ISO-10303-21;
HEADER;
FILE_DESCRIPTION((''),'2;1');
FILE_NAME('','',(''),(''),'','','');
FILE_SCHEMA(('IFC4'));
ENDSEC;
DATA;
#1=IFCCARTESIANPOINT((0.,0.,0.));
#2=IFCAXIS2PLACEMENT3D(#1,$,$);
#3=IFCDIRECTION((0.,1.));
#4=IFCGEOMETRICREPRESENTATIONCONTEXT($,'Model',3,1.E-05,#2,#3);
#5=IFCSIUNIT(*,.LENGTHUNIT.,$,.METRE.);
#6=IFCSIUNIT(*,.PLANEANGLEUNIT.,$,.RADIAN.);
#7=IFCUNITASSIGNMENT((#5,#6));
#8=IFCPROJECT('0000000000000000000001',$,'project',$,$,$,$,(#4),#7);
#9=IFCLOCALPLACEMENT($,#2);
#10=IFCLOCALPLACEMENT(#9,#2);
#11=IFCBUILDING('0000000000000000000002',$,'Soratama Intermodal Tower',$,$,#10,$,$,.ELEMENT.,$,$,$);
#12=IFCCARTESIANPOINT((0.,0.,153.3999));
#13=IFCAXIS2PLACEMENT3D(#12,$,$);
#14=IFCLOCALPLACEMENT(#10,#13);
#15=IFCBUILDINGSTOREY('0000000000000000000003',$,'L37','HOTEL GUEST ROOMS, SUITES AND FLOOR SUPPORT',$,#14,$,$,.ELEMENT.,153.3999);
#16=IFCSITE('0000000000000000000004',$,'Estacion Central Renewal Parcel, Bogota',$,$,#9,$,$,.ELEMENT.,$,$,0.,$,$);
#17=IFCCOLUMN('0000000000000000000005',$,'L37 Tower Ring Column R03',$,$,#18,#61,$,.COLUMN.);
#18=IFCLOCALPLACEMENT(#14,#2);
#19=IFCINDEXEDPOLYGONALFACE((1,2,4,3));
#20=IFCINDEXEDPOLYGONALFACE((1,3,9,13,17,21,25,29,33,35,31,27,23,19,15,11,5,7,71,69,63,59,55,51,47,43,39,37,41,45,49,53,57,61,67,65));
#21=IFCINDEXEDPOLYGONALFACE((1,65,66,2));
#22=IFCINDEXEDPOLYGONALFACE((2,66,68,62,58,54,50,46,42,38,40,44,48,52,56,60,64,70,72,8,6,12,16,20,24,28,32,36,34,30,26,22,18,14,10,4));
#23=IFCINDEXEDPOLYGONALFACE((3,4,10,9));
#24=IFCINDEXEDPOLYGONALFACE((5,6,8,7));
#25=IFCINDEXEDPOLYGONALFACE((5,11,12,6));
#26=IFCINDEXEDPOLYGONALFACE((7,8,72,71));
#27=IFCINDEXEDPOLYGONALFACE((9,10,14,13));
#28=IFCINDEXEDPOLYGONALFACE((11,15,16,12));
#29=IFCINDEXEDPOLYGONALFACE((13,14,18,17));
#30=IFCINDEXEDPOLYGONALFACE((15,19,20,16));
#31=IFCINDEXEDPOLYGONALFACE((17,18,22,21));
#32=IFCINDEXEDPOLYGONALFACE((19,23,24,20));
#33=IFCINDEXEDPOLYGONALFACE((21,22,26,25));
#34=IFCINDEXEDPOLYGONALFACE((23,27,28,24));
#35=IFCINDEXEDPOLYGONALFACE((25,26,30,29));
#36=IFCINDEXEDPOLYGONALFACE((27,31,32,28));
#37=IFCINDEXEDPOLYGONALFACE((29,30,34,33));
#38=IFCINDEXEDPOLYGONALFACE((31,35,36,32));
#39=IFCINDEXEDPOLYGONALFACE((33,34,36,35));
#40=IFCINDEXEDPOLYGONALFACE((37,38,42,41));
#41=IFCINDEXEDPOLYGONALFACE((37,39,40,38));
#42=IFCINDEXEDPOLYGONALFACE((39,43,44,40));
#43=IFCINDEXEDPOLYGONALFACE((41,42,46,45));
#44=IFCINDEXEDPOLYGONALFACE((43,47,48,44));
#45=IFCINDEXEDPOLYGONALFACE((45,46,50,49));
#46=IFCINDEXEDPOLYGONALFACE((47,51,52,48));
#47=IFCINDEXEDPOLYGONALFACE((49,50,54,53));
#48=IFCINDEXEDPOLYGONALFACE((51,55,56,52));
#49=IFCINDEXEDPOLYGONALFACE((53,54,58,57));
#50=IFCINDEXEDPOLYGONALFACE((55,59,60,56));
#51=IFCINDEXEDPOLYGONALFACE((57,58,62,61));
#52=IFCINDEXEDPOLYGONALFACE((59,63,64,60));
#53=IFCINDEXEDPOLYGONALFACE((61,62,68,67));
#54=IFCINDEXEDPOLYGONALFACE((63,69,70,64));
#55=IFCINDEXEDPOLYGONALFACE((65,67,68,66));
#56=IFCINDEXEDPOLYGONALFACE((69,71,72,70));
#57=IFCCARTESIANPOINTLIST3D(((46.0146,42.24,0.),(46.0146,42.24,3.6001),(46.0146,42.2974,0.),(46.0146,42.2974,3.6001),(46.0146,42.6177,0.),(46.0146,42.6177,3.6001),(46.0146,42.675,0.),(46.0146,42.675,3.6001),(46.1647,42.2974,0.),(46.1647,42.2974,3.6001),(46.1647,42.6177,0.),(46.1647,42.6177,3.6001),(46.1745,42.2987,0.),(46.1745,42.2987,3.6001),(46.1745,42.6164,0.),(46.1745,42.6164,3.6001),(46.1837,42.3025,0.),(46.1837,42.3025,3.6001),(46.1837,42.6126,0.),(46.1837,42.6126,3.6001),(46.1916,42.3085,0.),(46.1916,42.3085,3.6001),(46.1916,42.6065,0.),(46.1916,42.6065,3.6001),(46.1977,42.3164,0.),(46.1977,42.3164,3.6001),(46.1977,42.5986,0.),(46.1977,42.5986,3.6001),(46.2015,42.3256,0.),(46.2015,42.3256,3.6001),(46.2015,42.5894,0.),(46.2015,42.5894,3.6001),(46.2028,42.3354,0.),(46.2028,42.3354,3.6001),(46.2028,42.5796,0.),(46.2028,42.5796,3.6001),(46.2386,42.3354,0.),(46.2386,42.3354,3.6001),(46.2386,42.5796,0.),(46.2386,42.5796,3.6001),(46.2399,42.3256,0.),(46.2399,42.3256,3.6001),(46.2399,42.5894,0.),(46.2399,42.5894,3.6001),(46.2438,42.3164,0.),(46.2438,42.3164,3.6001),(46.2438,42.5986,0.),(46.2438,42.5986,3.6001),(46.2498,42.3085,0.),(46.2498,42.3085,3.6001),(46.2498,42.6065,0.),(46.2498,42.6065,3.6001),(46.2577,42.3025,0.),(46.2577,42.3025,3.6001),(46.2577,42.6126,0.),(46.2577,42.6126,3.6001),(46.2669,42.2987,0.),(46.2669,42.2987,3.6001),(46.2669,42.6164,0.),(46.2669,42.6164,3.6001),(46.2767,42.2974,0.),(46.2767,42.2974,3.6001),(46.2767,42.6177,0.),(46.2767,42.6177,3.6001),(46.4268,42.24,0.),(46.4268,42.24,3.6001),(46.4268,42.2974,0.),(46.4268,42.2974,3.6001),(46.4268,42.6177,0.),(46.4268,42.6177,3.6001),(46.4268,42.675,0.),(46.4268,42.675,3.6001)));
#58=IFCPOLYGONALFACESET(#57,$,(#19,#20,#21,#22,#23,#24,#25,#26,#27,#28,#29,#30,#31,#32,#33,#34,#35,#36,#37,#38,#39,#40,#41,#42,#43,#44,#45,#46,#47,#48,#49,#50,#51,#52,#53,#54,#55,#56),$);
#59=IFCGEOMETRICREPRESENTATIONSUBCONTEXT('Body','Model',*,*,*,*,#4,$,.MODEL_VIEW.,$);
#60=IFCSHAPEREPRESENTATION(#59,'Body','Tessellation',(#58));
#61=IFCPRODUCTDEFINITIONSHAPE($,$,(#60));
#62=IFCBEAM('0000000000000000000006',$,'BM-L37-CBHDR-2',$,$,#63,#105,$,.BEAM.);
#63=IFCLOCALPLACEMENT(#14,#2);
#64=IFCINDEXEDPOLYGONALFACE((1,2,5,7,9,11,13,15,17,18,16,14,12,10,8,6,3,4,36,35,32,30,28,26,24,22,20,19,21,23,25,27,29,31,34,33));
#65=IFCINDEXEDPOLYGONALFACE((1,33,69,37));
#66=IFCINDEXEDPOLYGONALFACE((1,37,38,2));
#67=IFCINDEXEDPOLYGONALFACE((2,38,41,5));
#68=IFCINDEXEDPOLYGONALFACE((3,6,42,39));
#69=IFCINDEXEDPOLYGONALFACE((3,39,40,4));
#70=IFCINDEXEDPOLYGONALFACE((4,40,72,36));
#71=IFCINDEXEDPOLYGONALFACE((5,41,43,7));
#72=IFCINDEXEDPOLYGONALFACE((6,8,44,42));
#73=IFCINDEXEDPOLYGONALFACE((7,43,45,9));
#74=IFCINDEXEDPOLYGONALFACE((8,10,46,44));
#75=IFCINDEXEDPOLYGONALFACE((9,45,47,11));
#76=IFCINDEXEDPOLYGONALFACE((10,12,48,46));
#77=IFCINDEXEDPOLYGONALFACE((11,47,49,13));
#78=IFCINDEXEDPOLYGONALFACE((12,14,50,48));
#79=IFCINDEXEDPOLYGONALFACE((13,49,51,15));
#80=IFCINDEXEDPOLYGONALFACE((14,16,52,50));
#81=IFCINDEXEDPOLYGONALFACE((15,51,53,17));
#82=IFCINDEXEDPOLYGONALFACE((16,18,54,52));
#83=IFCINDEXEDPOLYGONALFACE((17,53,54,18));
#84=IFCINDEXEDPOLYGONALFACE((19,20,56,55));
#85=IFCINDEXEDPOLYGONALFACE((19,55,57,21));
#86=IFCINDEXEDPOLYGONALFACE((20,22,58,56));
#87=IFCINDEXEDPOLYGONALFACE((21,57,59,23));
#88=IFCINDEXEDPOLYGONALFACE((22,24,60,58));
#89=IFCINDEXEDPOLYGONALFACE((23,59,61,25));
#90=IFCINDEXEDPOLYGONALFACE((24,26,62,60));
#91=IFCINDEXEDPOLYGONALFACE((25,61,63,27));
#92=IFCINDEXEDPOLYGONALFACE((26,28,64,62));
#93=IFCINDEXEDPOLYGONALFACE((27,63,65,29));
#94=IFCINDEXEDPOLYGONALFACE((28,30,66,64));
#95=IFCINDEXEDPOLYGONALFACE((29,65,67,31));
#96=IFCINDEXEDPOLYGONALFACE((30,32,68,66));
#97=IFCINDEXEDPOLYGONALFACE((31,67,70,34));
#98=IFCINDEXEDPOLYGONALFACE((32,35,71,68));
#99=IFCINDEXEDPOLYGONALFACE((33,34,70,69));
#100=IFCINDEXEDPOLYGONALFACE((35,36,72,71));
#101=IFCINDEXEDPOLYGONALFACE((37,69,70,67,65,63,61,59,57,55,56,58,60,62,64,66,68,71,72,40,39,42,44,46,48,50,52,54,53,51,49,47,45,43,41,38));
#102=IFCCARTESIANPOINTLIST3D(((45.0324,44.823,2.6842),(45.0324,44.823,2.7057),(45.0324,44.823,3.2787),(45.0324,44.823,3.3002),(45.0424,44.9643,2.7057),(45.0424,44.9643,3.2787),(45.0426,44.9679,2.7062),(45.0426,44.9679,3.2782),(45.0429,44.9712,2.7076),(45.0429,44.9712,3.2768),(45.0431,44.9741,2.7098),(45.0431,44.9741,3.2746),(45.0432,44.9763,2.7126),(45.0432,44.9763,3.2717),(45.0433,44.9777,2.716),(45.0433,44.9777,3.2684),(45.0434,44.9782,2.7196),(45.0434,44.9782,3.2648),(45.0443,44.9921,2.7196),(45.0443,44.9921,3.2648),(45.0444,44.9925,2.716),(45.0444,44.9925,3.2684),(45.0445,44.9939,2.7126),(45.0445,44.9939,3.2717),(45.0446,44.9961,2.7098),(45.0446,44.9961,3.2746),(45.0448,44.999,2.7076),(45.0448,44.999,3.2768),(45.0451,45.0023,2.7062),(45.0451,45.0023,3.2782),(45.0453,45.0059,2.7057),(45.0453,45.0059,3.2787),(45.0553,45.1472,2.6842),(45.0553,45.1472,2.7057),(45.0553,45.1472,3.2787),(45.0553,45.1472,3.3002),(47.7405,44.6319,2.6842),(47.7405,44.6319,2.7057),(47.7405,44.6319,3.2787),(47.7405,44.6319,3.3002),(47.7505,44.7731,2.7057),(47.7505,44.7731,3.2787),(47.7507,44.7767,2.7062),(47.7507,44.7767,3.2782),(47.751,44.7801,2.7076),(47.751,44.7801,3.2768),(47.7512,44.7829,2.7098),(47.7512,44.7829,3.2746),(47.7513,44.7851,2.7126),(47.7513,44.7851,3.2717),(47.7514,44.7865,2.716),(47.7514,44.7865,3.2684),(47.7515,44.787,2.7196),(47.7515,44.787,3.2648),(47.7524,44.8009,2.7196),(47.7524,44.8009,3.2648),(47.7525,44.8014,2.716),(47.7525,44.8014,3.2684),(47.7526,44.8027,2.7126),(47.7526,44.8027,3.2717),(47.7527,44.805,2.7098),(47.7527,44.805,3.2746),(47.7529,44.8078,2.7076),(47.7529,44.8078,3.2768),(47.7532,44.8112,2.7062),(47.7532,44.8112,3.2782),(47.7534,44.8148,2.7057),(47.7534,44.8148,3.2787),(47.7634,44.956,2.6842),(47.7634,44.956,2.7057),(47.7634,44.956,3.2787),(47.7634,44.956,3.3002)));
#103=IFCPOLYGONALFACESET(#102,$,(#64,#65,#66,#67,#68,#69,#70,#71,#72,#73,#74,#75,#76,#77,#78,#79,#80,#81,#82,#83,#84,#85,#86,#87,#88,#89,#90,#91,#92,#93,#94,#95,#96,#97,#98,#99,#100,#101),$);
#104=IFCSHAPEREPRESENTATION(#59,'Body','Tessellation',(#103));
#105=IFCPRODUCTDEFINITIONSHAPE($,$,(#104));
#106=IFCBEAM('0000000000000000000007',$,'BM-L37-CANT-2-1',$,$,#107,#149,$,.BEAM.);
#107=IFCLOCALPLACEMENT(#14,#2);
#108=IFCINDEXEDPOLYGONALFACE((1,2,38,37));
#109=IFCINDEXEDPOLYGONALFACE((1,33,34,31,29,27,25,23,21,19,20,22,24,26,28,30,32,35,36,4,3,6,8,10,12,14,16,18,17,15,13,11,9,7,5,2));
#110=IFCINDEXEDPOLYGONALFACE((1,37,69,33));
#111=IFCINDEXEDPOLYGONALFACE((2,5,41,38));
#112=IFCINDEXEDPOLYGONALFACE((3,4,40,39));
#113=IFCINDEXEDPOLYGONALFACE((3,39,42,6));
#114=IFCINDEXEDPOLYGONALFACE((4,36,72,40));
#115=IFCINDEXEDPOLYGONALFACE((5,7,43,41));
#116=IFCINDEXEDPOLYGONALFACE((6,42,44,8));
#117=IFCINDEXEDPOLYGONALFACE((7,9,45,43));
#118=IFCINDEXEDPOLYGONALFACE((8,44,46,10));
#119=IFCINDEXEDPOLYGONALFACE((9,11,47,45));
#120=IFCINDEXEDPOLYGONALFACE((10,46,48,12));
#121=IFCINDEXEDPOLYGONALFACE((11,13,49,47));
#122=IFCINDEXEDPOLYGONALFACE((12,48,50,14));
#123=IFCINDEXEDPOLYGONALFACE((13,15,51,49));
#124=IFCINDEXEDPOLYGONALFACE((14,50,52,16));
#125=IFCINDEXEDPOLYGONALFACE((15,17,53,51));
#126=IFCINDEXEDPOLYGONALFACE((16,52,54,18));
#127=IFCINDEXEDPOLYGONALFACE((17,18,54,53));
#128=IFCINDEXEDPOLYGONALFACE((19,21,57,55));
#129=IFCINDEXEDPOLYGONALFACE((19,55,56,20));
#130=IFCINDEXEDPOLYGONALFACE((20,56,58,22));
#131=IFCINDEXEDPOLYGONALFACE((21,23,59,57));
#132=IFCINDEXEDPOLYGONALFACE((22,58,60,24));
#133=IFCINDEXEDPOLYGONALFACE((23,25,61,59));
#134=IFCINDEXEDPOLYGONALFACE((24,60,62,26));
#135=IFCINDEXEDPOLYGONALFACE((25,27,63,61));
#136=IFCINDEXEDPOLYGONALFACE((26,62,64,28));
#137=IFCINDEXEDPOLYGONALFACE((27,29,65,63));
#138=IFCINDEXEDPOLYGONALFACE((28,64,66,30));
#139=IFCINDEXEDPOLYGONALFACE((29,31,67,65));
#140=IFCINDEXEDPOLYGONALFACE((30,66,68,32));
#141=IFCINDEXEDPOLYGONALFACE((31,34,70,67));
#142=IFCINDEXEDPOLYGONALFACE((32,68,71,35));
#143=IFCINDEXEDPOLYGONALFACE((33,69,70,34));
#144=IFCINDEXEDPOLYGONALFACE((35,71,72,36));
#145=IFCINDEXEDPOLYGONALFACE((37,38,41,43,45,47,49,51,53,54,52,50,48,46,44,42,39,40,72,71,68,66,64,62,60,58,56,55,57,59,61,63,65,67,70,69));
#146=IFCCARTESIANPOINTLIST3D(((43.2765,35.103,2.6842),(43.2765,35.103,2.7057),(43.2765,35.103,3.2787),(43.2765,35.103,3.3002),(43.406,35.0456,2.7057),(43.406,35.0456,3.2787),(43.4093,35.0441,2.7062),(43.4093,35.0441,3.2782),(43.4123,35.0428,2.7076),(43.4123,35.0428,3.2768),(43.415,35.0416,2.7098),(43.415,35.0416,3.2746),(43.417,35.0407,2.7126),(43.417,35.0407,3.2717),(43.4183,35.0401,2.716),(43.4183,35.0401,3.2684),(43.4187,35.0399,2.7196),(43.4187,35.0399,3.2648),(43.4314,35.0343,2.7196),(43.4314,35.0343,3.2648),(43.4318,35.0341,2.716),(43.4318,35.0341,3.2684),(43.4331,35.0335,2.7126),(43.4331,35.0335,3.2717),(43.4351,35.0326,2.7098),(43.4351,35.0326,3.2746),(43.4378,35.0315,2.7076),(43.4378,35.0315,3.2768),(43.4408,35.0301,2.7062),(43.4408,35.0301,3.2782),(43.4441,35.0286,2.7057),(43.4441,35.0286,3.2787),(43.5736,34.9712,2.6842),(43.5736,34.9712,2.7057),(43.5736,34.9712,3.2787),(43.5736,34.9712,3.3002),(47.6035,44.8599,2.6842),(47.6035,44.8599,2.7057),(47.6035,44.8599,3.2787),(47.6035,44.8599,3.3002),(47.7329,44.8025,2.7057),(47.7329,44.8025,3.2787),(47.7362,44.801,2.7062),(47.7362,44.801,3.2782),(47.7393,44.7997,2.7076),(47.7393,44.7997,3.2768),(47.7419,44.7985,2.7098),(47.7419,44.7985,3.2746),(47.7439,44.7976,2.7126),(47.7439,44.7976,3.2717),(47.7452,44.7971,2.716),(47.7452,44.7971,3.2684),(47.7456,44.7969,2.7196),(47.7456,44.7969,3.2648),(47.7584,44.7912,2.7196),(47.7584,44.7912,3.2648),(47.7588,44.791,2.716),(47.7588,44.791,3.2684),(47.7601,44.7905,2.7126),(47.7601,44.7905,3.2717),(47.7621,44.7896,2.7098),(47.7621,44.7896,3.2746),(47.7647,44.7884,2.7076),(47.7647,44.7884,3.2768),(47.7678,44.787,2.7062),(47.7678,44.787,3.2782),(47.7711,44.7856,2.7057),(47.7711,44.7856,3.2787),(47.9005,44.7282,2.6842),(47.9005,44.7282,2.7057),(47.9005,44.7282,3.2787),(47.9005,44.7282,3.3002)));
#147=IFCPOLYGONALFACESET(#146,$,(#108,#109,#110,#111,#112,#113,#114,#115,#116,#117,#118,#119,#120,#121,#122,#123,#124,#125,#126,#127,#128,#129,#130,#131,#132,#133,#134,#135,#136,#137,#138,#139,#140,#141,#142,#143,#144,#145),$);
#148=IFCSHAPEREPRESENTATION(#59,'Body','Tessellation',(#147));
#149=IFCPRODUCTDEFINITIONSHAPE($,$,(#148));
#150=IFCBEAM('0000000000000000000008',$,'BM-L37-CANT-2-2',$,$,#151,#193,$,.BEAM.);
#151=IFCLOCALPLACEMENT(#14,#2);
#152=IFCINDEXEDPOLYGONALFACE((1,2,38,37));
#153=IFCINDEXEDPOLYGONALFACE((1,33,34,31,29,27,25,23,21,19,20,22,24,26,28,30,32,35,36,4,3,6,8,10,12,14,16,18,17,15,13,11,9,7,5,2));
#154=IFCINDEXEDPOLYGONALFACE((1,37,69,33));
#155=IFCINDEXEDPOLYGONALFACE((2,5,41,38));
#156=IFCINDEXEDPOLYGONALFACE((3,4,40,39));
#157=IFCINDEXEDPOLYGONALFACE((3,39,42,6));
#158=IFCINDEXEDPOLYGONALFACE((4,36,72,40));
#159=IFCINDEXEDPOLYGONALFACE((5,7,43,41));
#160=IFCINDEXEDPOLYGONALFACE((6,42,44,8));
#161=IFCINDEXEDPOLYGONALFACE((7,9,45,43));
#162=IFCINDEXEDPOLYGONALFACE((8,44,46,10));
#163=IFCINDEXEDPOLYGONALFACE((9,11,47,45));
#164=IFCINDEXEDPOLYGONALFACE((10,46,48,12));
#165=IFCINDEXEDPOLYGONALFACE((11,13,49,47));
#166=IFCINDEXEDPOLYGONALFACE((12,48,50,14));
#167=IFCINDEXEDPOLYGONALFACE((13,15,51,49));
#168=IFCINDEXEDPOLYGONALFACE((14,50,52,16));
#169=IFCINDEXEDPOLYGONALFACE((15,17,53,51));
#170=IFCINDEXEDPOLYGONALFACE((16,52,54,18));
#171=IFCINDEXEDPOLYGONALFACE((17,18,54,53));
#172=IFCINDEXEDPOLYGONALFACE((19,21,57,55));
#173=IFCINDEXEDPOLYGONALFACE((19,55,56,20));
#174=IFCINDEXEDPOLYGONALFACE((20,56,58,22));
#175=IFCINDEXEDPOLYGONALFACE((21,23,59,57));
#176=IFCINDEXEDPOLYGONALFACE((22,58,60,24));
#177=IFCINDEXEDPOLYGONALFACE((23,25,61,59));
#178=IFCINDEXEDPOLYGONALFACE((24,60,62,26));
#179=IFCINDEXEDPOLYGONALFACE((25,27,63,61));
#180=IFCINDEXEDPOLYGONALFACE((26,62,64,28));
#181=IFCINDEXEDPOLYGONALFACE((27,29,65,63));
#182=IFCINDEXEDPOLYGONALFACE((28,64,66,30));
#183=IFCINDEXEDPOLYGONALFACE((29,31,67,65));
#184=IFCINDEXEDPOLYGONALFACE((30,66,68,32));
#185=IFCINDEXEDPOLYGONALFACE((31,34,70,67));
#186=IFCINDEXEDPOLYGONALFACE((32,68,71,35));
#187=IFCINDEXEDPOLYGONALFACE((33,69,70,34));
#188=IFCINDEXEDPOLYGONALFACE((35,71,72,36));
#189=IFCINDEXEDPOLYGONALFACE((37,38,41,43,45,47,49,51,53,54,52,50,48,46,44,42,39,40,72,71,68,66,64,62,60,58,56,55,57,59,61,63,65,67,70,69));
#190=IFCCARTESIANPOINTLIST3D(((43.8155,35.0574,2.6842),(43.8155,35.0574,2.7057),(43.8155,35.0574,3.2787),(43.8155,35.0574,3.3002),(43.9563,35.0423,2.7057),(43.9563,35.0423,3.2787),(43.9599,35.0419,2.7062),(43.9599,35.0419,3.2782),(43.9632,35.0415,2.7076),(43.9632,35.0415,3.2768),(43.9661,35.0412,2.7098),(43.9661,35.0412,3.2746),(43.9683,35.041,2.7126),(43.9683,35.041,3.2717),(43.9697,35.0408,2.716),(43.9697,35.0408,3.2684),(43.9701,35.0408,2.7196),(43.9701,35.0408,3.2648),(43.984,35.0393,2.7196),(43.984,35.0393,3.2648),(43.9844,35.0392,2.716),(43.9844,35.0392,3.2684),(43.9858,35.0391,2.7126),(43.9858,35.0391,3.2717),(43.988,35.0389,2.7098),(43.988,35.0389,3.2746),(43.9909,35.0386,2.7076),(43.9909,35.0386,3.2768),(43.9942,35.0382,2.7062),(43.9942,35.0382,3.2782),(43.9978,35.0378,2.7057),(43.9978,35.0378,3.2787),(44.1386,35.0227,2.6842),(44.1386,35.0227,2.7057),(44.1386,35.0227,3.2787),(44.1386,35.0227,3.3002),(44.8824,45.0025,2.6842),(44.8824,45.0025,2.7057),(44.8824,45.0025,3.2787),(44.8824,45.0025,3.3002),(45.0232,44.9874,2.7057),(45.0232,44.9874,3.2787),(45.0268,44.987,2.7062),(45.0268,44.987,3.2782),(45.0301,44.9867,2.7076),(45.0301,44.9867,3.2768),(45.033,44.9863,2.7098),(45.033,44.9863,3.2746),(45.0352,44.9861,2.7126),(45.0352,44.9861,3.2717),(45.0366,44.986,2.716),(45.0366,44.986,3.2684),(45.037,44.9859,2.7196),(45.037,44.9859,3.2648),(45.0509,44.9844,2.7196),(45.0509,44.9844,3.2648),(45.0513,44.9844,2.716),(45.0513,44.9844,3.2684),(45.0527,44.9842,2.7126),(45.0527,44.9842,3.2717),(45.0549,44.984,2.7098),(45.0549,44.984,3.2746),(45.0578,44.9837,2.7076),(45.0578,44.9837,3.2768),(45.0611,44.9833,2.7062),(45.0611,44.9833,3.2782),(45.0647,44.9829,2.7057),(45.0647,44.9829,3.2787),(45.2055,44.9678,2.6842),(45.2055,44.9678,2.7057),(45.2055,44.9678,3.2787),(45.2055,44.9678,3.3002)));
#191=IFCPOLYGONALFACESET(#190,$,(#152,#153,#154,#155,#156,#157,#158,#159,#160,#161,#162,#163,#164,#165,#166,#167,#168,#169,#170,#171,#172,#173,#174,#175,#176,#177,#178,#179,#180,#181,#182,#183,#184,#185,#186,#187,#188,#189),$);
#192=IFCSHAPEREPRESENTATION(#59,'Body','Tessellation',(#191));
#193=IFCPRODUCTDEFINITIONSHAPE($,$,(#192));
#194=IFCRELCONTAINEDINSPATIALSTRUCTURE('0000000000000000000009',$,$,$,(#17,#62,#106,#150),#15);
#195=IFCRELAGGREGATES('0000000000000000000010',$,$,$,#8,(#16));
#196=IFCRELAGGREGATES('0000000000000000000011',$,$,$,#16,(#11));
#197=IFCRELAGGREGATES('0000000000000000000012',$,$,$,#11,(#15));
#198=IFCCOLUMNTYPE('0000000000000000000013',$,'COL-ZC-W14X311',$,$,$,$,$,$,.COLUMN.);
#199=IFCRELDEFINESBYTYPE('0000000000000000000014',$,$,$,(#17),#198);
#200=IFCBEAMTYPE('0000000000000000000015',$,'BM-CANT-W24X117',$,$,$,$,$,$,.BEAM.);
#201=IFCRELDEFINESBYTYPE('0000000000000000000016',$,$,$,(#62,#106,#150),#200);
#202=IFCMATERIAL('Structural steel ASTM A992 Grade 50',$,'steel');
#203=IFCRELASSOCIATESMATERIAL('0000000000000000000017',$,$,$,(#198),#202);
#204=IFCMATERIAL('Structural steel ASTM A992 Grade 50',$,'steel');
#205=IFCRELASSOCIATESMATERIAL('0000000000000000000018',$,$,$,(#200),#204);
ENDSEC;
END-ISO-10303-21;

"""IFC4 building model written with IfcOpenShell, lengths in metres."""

from ifc_helpers import new_model, si_unit, direction, frame, origin, origin_2d, place, context, subcontext, project, spatial, i_section, extrude, material, material_profile, profile_set, type_object, element, save


model = new_model("IFC4")

# Units and contexts
model_context = context("Model", 3, precision=1e-05, world=origin(), true_north=direction((0.0, 1.0)))
body_context = subcontext(model_context, "Body", "Model", "MODEL_VIEW")
ifc_project = project(units=[si_unit("LENGTHUNIT", "METRE"), si_unit("PLANEANGLEUNIT", "RADIAN")], contexts=[model_context])

# Site, building, storey
site_placement = place(None, origin())
site = spatial("IfcSite", under=ifc_project, at=site_placement, Name="Estacion Central Renewal Parcel, Bogota", CompositionType="ELEMENT", RefElevation=0.0)
building_placement = place(site_placement, origin())
building = spatial("IfcBuilding", under=site, at=building_placement, Name="Soratama Intermodal Tower", CompositionType="ELEMENT")
storey_placement = place(building_placement, frame((0.0, 0.0, 153.3999)))
storey = spatial("IfcBuildingStorey", under=building, at=storey_placement, Name="L37", Description="HOTEL GUEST ROOMS, SUITES AND FLOOR SUPPORT", CompositionType="ELEMENT", Elevation=153.3999)

# Column
ifc_material_1 = material(Name="Structural steel ASTM A992 Grade 50", Category="steel")
ifc_material_profile_1 = material_profile(ifc_material_1, i_section(OverallWidth=0.4121, OverallDepth=0.4351, WebThickness=0.0359, FlangeThickness=0.0574, FilletRadius=0.0381, at=origin_2d()), Name="W14X311")
ifc_profile_set_1 = profile_set([ifc_material_profile_1], Name="Structural steel ASTM A992 Grade 50")
column_type = type_object("IfcColumnType", Name="COL-ZC-W14X311", PredefinedType="COLUMN", material=ifc_profile_set_1)
column_placement = place(storey_placement, frame((46.2207, 42.4575, 0.0), z_axis=(0.0, 0.0, 1.0), x_axis=(1.0, 0.0, 0.0)))
element("IfcColumn", 1, at=column_placement, inside=storey, type_object=column_type, Name="L37 Tower Ring Column R03", PredefinedType="COLUMN", context=body_context, shape_type="SweptSolid", body=[
    extrude(i_section(OverallWidth=0.4121, OverallDepth=0.4351, WebThickness=0.0359, FlangeThickness=0.0574, FilletRadius=0.0381, at=origin_2d()), origin(), (0.0, 0.0, 1.0), 3.6001),
])

# Beams
ifc_material_2 = material(Name="Structural steel ASTM A992 Grade 50", Category="steel")
ifc_material_profile_2 = material_profile(ifc_material_2, i_section(OverallWidth=0.325, OverallDepth=0.616, WebThickness=0.0139, FlangeThickness=0.0215, FilletRadius=0.0139, at=origin_2d()), Name="W24X117")
ifc_profile_set_2 = profile_set([ifc_material_profile_2], Name="Structural steel ASTM A992 Grade 50")
beam_type_1 = type_object("IfcBeamType", Name="BM-CANT-W24X117", PredefinedType="BEAM", material=ifc_profile_set_2)
beam_1_placement = place(storey_placement, frame((47.752, 44.7939, 2.9922), z_axis=(-0.997518, 0.070416, 0.0), x_axis=(-0.070416, -0.997518, 0.0)))
element("IfcBeam", 2, at=beam_1_placement, inside=storey, type_object=beam_type_1, Name="BM-L37-CBHDR-2", PredefinedType="BEAM", context=body_context, shape_type="SweptSolid", body=[
    extrude(i_section(OverallWidth=0.325, OverallDepth=0.616, WebThickness=0.0139, FlangeThickness=0.0215, FilletRadius=0.0139, at=origin_2d()), origin(), (0.0, 0.0, 1.0), 2.7148),
])
beam_2_placement = place(storey_placement, frame((43.425, 35.0371, 2.9922), z_axis=(0.405398, 0.91414, 0.0), x_axis=(-0.91414, 0.405398, 0.0)))
element("IfcBeam", 3, at=beam_2_placement, inside=storey, type_object=beam_type_1, Name="BM-L37-CANT-2-1", PredefinedType="BEAM", context=body_context, shape_type="SweptSolid", body=[
    extrude(i_section(OverallWidth=0.325, OverallDepth=0.616, WebThickness=0.0139, FlangeThickness=0.0215, FilletRadius=0.0139, at=origin_2d()), origin(), (0.0, 0.0, 1.0), 10.6733),
])
beam_3_placement = place(storey_placement, frame((43.9771, 35.04, 2.9922), z_axis=(0.106667, 0.994295, 0.0), x_axis=(-0.994295, 0.106667, 0.0)))
element("IfcBeam", 4, at=beam_3_placement, inside=storey, type_object=beam_type_1, Name="BM-L37-CANT-2-2", PredefinedType="BEAM", context=body_context, shape_type="SweptSolid", body=[
    extrude(i_section(OverallWidth=0.325, OverallDepth=0.616, WebThickness=0.0139, FlangeThickness=0.0215, FilletRadius=0.0139, at=origin_2d()), origin(), (0.0, 0.0, 1.0), 10.0022),
])

save(model, "model.ifc")
